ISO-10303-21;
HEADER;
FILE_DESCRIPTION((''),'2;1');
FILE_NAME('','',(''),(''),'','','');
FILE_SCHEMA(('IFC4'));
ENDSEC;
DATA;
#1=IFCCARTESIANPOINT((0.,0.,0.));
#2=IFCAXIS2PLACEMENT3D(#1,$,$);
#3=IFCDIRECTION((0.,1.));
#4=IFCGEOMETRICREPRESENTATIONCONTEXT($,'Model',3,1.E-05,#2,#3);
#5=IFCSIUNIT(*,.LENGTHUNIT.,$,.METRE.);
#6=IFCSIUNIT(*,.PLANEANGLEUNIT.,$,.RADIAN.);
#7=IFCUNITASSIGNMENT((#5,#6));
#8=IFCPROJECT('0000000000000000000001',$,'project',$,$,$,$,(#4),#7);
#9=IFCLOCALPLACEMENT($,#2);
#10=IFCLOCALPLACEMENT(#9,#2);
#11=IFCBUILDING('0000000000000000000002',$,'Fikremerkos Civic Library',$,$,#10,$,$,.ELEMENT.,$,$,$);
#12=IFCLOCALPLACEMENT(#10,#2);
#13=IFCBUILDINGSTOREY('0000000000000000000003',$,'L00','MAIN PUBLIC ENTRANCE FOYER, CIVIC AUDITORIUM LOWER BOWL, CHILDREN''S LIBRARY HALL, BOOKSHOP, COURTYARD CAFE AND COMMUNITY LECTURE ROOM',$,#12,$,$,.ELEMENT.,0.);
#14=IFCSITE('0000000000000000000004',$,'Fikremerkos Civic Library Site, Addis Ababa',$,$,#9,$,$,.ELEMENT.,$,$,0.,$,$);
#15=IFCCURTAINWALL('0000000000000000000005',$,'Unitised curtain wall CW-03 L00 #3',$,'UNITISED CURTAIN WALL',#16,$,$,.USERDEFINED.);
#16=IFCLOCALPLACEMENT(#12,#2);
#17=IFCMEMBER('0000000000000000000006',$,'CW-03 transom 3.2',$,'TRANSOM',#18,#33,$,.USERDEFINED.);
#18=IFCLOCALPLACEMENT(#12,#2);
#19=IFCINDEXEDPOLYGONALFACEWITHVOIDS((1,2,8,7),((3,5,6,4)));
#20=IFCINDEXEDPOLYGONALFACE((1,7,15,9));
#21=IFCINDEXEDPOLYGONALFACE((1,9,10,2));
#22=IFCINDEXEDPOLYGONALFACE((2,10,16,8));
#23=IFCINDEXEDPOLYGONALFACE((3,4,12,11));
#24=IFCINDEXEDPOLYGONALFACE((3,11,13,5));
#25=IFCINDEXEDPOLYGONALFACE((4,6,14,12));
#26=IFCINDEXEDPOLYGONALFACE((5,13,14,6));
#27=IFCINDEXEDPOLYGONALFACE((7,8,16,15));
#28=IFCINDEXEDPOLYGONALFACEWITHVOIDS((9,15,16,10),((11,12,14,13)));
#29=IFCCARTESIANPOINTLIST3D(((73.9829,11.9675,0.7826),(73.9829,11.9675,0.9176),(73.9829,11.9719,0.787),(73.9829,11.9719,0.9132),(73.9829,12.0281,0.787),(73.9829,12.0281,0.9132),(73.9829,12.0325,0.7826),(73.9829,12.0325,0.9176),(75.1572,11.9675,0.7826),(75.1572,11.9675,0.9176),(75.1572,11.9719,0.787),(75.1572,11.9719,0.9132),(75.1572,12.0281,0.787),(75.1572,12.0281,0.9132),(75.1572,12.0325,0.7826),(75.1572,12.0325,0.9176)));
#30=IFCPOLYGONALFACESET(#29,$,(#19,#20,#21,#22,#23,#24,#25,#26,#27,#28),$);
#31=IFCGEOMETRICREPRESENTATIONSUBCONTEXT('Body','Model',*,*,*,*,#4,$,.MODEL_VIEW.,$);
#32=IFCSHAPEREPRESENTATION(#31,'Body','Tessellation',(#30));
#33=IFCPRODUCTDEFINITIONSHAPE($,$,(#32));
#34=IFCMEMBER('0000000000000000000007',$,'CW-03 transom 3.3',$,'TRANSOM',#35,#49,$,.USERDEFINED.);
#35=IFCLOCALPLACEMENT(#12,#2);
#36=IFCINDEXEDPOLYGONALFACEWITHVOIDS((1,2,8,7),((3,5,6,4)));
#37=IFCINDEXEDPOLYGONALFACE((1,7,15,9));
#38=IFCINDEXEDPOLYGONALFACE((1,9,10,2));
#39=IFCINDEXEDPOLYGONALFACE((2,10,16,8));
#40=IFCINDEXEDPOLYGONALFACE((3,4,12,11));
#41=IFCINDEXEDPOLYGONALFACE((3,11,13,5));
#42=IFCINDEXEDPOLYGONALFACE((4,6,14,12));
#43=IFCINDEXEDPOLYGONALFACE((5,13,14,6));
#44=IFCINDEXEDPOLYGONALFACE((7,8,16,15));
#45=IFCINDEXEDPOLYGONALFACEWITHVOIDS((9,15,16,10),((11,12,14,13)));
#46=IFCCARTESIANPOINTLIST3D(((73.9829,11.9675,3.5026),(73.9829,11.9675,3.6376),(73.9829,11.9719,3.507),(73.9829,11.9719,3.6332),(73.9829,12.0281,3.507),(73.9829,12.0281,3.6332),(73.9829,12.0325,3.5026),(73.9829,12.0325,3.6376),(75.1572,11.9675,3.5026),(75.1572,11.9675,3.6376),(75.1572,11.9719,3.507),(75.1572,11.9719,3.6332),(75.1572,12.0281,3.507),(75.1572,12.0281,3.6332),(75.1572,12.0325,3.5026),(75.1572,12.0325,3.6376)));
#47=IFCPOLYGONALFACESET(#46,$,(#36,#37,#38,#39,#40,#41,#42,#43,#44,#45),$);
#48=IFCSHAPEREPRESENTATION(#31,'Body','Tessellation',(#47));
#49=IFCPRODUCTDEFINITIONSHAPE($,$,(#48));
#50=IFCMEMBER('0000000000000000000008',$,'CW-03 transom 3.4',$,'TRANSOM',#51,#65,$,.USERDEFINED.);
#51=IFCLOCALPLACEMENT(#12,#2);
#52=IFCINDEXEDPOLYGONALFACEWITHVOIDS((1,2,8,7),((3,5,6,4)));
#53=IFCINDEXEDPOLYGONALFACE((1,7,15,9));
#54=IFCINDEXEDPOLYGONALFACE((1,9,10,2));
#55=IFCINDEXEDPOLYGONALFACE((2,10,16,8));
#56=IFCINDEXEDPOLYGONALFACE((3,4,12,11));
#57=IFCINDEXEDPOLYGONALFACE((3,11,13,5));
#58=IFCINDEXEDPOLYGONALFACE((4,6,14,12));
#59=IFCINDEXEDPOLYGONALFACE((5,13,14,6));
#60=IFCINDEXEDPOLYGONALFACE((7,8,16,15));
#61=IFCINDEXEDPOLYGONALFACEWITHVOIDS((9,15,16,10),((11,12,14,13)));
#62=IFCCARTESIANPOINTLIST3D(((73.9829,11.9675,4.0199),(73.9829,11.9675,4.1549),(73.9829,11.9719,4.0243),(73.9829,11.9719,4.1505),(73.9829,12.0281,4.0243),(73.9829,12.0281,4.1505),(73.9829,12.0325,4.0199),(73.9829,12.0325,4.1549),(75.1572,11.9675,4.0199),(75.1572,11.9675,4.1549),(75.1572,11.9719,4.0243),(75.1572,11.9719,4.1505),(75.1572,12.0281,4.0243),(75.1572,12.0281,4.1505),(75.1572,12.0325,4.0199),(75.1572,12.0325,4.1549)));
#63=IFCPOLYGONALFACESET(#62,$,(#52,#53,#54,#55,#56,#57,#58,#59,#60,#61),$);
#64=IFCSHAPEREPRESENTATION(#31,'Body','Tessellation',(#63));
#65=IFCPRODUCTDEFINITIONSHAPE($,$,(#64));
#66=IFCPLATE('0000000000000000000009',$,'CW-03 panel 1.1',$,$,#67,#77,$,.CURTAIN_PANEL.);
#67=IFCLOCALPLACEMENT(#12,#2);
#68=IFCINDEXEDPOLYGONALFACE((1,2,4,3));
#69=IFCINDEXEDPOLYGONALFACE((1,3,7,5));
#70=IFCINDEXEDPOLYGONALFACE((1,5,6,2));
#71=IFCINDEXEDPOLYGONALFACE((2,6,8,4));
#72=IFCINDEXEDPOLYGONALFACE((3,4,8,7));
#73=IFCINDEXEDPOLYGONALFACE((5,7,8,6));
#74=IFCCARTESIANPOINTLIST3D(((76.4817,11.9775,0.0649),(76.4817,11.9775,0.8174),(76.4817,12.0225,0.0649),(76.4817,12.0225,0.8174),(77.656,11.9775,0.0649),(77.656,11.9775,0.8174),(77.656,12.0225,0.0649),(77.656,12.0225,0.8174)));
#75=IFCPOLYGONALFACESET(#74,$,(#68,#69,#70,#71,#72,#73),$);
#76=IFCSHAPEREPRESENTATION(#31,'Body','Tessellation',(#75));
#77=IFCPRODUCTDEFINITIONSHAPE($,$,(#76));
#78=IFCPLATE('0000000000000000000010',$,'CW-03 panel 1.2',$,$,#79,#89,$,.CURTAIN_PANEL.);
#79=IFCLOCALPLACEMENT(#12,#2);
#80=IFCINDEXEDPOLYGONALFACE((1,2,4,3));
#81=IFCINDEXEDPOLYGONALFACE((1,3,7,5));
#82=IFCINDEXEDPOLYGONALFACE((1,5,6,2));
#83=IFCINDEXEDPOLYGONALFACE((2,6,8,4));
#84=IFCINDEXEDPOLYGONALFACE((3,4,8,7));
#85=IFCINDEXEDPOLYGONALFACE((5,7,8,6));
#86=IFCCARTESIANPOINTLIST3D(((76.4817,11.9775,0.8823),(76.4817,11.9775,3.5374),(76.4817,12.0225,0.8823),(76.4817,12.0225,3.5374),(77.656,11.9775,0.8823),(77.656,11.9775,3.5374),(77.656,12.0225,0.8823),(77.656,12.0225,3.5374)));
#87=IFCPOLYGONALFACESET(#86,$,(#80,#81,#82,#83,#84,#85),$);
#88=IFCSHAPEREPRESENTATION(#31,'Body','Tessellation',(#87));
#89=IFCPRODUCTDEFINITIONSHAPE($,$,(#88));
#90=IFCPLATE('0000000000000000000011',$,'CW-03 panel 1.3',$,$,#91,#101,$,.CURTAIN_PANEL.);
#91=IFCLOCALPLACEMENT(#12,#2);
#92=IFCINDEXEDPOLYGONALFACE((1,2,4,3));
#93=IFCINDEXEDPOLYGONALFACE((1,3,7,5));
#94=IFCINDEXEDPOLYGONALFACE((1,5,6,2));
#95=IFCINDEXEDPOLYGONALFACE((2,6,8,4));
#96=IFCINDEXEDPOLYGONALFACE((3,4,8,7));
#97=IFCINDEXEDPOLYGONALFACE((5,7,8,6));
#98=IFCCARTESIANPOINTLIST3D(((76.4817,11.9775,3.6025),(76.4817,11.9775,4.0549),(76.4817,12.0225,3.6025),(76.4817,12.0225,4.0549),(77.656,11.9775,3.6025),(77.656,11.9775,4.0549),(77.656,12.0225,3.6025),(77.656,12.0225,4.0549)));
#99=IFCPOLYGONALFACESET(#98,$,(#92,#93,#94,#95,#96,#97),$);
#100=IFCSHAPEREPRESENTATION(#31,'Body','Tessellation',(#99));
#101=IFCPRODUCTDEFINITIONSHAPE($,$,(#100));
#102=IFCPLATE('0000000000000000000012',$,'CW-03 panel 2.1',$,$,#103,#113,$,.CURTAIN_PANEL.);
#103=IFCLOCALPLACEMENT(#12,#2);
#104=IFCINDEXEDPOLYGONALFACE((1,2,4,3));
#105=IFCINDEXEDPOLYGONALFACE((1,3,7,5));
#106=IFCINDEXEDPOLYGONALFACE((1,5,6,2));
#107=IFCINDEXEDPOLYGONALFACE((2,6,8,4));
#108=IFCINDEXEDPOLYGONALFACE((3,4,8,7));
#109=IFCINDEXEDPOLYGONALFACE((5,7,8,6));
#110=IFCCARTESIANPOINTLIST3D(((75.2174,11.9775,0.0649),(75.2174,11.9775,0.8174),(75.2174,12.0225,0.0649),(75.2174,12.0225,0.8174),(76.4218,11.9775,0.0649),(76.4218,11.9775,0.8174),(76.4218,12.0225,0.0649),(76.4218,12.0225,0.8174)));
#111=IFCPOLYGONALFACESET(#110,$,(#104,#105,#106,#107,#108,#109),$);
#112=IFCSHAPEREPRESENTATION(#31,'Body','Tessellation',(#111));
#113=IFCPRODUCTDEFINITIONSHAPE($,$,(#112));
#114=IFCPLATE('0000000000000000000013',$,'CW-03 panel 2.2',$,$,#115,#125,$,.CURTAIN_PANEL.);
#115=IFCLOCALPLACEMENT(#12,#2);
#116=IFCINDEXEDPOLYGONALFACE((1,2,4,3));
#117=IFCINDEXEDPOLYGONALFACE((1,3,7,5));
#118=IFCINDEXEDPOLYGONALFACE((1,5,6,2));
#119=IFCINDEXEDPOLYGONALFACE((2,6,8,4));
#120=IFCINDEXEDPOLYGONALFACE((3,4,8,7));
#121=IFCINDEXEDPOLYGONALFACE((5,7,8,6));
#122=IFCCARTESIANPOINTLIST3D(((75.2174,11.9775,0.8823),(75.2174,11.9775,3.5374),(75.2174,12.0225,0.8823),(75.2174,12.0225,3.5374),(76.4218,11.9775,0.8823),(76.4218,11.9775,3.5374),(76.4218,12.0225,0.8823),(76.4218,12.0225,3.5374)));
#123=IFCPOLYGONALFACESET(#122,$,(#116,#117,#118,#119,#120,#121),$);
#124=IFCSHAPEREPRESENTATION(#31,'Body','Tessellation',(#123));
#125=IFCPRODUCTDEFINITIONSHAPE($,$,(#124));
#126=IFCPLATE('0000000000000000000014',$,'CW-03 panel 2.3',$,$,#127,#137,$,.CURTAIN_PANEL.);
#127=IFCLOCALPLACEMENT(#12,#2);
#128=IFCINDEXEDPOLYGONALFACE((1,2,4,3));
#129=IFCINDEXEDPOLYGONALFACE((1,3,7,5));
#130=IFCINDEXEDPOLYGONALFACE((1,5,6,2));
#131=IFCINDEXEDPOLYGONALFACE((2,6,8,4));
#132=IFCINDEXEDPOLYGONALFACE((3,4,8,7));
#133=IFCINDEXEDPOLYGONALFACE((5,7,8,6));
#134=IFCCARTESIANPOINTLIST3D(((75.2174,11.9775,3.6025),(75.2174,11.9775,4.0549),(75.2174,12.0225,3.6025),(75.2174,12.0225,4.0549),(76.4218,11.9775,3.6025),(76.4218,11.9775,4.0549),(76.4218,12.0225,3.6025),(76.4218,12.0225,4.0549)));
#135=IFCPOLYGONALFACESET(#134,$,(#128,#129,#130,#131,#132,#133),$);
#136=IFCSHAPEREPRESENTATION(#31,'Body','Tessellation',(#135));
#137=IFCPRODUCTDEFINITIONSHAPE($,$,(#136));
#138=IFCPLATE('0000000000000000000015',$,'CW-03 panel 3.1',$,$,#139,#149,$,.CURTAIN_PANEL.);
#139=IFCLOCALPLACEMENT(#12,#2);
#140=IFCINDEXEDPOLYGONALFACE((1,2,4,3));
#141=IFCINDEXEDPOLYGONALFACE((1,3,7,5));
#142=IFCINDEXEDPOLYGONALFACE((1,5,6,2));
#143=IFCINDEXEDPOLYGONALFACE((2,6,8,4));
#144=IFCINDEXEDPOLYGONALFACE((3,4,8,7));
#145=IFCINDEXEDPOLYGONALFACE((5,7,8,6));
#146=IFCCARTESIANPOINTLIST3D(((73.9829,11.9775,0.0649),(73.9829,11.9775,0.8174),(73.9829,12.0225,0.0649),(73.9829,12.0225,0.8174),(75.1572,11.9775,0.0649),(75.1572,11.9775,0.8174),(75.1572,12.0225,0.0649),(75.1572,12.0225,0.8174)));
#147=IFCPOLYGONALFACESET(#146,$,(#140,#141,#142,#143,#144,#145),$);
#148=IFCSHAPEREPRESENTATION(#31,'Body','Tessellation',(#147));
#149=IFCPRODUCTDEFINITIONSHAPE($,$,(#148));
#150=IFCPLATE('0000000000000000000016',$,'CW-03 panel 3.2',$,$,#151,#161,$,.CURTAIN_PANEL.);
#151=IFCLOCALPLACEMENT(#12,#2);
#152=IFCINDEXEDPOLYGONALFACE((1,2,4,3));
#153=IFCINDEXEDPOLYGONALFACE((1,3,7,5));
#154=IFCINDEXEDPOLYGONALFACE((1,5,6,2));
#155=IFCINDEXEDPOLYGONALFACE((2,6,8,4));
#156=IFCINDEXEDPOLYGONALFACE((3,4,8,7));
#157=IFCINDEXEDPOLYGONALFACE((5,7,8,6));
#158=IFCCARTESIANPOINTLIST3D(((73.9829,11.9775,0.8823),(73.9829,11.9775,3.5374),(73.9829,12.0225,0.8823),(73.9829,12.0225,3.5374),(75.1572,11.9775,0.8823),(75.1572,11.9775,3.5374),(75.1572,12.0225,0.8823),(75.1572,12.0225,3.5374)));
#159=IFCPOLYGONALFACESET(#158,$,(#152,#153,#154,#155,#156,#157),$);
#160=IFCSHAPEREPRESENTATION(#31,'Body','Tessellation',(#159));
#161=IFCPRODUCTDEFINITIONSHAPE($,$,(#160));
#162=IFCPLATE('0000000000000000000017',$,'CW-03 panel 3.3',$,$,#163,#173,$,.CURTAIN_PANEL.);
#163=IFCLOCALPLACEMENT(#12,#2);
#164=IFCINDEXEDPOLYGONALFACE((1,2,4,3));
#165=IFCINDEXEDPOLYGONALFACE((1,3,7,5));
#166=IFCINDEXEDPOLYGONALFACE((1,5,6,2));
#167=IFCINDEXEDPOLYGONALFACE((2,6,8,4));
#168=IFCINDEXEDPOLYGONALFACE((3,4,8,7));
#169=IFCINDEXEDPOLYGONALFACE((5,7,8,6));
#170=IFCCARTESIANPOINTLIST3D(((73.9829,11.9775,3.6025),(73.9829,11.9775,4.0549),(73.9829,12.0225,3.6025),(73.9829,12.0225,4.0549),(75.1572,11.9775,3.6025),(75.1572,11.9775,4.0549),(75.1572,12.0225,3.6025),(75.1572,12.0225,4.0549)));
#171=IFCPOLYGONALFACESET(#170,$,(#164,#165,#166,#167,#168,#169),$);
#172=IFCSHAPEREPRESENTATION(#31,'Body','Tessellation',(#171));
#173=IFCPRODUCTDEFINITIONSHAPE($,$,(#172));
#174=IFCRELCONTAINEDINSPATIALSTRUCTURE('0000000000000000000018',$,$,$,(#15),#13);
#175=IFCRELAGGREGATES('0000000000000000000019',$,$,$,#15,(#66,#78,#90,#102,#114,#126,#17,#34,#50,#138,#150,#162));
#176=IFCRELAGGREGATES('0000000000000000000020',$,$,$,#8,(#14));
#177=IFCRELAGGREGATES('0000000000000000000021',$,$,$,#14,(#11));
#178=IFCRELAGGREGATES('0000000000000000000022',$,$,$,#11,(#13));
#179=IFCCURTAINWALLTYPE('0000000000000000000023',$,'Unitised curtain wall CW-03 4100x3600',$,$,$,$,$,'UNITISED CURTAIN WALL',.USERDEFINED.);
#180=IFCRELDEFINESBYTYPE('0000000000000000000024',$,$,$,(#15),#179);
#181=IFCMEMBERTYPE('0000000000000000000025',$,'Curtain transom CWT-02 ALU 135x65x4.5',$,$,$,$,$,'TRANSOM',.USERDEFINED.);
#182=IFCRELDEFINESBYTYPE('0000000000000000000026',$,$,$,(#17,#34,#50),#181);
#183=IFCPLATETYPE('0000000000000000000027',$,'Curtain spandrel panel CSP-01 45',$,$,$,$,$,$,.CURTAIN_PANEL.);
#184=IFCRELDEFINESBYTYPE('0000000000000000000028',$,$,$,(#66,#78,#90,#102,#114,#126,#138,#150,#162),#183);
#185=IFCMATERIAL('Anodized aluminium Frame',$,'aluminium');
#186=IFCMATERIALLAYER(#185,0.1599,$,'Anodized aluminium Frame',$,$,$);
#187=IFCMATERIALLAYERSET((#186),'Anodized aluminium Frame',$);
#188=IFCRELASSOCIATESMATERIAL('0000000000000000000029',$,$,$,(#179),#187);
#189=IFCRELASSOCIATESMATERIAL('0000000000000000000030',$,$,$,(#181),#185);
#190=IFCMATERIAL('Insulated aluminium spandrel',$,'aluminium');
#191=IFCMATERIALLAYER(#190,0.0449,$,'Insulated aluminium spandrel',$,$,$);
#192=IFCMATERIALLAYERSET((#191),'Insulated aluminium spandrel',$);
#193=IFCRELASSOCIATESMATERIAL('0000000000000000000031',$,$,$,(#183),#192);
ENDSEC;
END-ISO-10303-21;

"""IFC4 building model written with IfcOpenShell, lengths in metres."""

from ifc_helpers import new_model, si_unit, direction, frame, origin, origin_2d, place, context, subcontext, project, spatial, rectangle, hollow_rectangle, extrude, material, layer, layer_set, material_profile, profile_set, type_object, element, aggregate, save


model = new_model("IFC4")

# Units and contexts
model_context = context("Model", 3, precision=1e-05, world=origin(), true_north=direction((0.0, 1.0)))
body_context = subcontext(model_context, "Body", "Model", "MODEL_VIEW")
ifc_project = project(units=[si_unit("LENGTHUNIT", "METRE"), si_unit("PLANEANGLEUNIT", "RADIAN")], contexts=[model_context])

# Site, building, storey
site_placement = place(None, origin())
site = spatial("IfcSite", under=ifc_project, at=site_placement, Name="Fikremerkos Civic Library Site, Addis Ababa", CompositionType="ELEMENT", RefElevation=0.0)
building_placement = place(site_placement, origin())
building = spatial("IfcBuilding", under=site, at=building_placement, Name="Fikremerkos Civic Library", CompositionType="ELEMENT")
storey_placement = place(building_placement, origin())
storey = spatial("IfcBuildingStorey", under=building, at=storey_placement, Name="L00", Description="MAIN PUBLIC ENTRANCE FOYER, CIVIC AUDITORIUM LOWER BOWL, CHILDREN'S LIBRARY HALL, BOOKSHOP, COURTYARD CAFE AND COMMUNITY LECTURE ROOM", CompositionType="ELEMENT", Elevation=0.0)

# Curtain wall, members, plates
ifc_material_1 = material(Name="Anodized aluminium Frame", Category="aluminium")
ifc_layer_1 = layer(ifc_material_1, 0.1599, Name="Anodized aluminium Frame")
ifc_layer_set_1 = layer_set([ifc_layer_1], Name="Anodized aluminium Frame")
curtain_wall_type = type_object("IfcCurtainWallType", Name="Unitised curtain wall CW-03 4100x3600", ElementType="UNITISED CURTAIN WALL", PredefinedType="USERDEFINED", material=ifc_layer_set_1)
curtain_wall_placement = place(storey_placement, origin())
curtain_wall = element("IfcCurtainWall", 1, at=curtain_wall_placement, inside=storey, type_object=curtain_wall_type, Name="Unitised curtain wall CW-03 L00 #3", ObjectType="UNITISED CURTAIN WALL", PredefinedType="USERDEFINED")
ifc_material_profile_1 = material_profile(ifc_material_1, hollow_rectangle(XDim=0.0649, YDim=0.135, WallThickness=0.0044, at=origin_2d()), Name="ALU 135x65x4.5")
ifc_profile_set_1 = profile_set([ifc_material_profile_1], Name="Anodized aluminium Frame")
member_type_1 = type_object("IfcMemberType", Name="Curtain transom CWT-02 ALU 135x65x4.5", ElementType="TRANSOM", PredefinedType="USERDEFINED", material=ifc_profile_set_1)
member_1_placement = place(storey_placement, frame((75.1572, 12.0, 0.8501), z_axis=(-1.0, 0.0, 0.0), x_axis=(0.0, -1.0, 0.0)))
member_1 = element("IfcMember", 2, at=member_1_placement, type_object=member_type_1, Name="CW-03 transom 3.2", ObjectType="TRANSOM", PredefinedType="USERDEFINED", context=body_context, shape_type="SweptSolid", body=[
    extrude(hollow_rectangle(XDim=0.0649, YDim=0.135, WallThickness=0.0044, at=origin_2d()), origin(), (0.0, 0.0, 1.0), 1.1743),
])
member_2_placement = place(storey_placement, frame((75.1572, 12.0, 3.5701), z_axis=(-1.0, 0.0, 0.0), x_axis=(0.0, -1.0, 0.0)))
member_2 = element("IfcMember", 3, at=member_2_placement, type_object=member_type_1, Name="CW-03 transom 3.3", ObjectType="TRANSOM", PredefinedType="USERDEFINED", context=body_context, shape_type="SweptSolid", body=[
    extrude(hollow_rectangle(XDim=0.0649, YDim=0.135, WallThickness=0.0044, at=origin_2d()), origin(), (0.0, 0.0, 1.0), 1.1743),
])
member_3_placement = place(storey_placement, frame((75.1572, 12.0, 4.0874), z_axis=(-1.0, 0.0, 0.0), x_axis=(0.0, -1.0, 0.0)))
member_3 = element("IfcMember", 4, at=member_3_placement, type_object=member_type_1, Name="CW-03 transom 3.4", ObjectType="TRANSOM", PredefinedType="USERDEFINED", context=body_context, shape_type="SweptSolid", body=[
    extrude(hollow_rectangle(XDim=0.0649, YDim=0.135, WallThickness=0.0044, at=origin_2d()), origin(), (0.0, 0.0, 1.0), 1.1743),
])
ifc_material_2 = material(Name="Insulated aluminium spandrel", Category="aluminium")
ifc_layer_2 = layer(ifc_material_2, 0.0449, Name="Insulated aluminium spandrel")
ifc_layer_set_2 = layer_set([ifc_layer_2], Name="Insulated aluminium spandrel")
plate_type = type_object("IfcPlateType", Name="Curtain spandrel panel CSP-01 45", PredefinedType="CURTAIN_PANEL", material=ifc_layer_set_2)
plate_1_placement = place(storey_placement, frame((77.0688, 12.0, 0.0649), z_axis=(0.0, 0.0, 1.0), x_axis=(-1.0, 0.0, 0.0)))
plate_1 = element("IfcPlate", 5, at=plate_1_placement, type_object=plate_type, Name="CW-03 panel 1.1", PredefinedType="CURTAIN_PANEL", context=body_context, shape_type="SweptSolid", body=[
    extrude(rectangle(XDim=1.1743, YDim=0.0449, at=origin_2d()), origin(), (0.0, 0.0, 1.0), 0.7524),
])
plate_2_placement = place(storey_placement, frame((77.0688, 12.0, 0.8823), z_axis=(0.0, 0.0, 1.0), x_axis=(-1.0, 0.0, 0.0)))
plate_2 = element("IfcPlate", 6, at=plate_2_placement, type_object=plate_type, Name="CW-03 panel 1.2", PredefinedType="CURTAIN_PANEL", context=body_context, shape_type="SweptSolid", body=[
    extrude(rectangle(XDim=1.1743, YDim=0.0449, at=origin_2d()), origin(), (0.0, 0.0, 1.0), 2.655),
])
plate_3_placement = place(storey_placement, frame((77.0688, 12.0, 3.6025), z_axis=(0.0, 0.0, 1.0), x_axis=(-1.0, 0.0, 0.0)))
plate_3 = element("IfcPlate", 7, at=plate_3_placement, type_object=plate_type, Name="CW-03 panel 1.3", PredefinedType="CURTAIN_PANEL", context=body_context, shape_type="SweptSolid", body=[
    extrude(rectangle(XDim=1.1743, YDim=0.0449, at=origin_2d()), origin(), (0.0, 0.0, 1.0), 0.4524),
])
plate_4_placement = place(storey_placement, frame((75.8196, 12.0, 0.0649), z_axis=(0.0, 0.0, 1.0), x_axis=(-1.0, 0.0, 0.0)))
plate_4 = element("IfcPlate", 8, at=plate_4_placement, type_object=plate_type, Name="CW-03 panel 2.1", PredefinedType="CURTAIN_PANEL", context=body_context, shape_type="SweptSolid", body=[
    extrude(rectangle(XDim=1.2043, YDim=0.0449, at=origin_2d()), origin(), (0.0, 0.0, 1.0), 0.7524),
])
plate_5_placement = place(storey_placement, frame((75.8196, 12.0, 0.8823), z_axis=(0.0, 0.0, 1.0), x_axis=(-1.0, 0.0, 0.0)))
plate_5 = element("IfcPlate", 9, at=plate_5_placement, type_object=plate_type, Name="CW-03 panel 2.2", PredefinedType="CURTAIN_PANEL", context=body_context, shape_type="SweptSolid", body=[
    extrude(rectangle(XDim=1.2043, YDim=0.0449, at=origin_2d()), origin(), (0.0, 0.0, 1.0), 2.655),
])
plate_6_placement = place(storey_placement, frame((75.8196, 12.0, 3.6025), z_axis=(0.0, 0.0, 1.0), x_axis=(-1.0, 0.0, 0.0)))
plate_6 = element("IfcPlate", 10, at=plate_6_placement, type_object=plate_type, Name="CW-03 panel 2.3", PredefinedType="CURTAIN_PANEL", context=body_context, shape_type="SweptSolid", body=[
    extrude(rectangle(XDim=1.2043, YDim=0.0449, at=origin_2d()), origin(), (0.0, 0.0, 1.0), 0.4524),
])
plate_7_placement = place(storey_placement, frame((74.5701, 12.0, 0.0649), z_axis=(0.0, 0.0, 1.0), x_axis=(-1.0, 0.0, 0.0)))
plate_7 = element("IfcPlate", 11, at=plate_7_placement, type_object=plate_type, Name="CW-03 panel 3.1", PredefinedType="CURTAIN_PANEL", context=body_context, shape_type="SweptSolid", body=[
    extrude(rectangle(XDim=1.1743, YDim=0.0449, at=origin_2d()), origin(), (0.0, 0.0, 1.0), 0.7524),
])
plate_8_placement = place(storey_placement, frame((74.5701, 12.0, 0.8823), z_axis=(0.0, 0.0, 1.0), x_axis=(-1.0, 0.0, 0.0)))
plate_8 = element("IfcPlate", 12, at=plate_8_placement, type_object=plate_type, Name="CW-03 panel 3.2", PredefinedType="CURTAIN_PANEL", context=body_context, shape_type="SweptSolid", body=[
    extrude(rectangle(XDim=1.1743, YDim=0.0449, at=origin_2d()), origin(), (0.0, 0.0, 1.0), 2.655),
])
plate_9_placement = place(storey_placement, frame((74.5701, 12.0, 3.6025), z_axis=(0.0, 0.0, 1.0), x_axis=(-1.0, 0.0, 0.0)))
plate_9 = element("IfcPlate", 13, at=plate_9_placement, type_object=plate_type, Name="CW-03 panel 3.3", PredefinedType="CURTAIN_PANEL", context=body_context, shape_type="SweptSolid", body=[
    extrude(rectangle(XDim=1.1743, YDim=0.0449, at=origin_2d()), origin(), (0.0, 0.0, 1.0), 0.4524),
])
aggregate(curtain_wall, [plate_1, plate_2, plate_3, plate_4, plate_5, plate_6, member_1, member_2, member_3, plate_7, plate_8, plate_9])

save(model, "model.ifc")
